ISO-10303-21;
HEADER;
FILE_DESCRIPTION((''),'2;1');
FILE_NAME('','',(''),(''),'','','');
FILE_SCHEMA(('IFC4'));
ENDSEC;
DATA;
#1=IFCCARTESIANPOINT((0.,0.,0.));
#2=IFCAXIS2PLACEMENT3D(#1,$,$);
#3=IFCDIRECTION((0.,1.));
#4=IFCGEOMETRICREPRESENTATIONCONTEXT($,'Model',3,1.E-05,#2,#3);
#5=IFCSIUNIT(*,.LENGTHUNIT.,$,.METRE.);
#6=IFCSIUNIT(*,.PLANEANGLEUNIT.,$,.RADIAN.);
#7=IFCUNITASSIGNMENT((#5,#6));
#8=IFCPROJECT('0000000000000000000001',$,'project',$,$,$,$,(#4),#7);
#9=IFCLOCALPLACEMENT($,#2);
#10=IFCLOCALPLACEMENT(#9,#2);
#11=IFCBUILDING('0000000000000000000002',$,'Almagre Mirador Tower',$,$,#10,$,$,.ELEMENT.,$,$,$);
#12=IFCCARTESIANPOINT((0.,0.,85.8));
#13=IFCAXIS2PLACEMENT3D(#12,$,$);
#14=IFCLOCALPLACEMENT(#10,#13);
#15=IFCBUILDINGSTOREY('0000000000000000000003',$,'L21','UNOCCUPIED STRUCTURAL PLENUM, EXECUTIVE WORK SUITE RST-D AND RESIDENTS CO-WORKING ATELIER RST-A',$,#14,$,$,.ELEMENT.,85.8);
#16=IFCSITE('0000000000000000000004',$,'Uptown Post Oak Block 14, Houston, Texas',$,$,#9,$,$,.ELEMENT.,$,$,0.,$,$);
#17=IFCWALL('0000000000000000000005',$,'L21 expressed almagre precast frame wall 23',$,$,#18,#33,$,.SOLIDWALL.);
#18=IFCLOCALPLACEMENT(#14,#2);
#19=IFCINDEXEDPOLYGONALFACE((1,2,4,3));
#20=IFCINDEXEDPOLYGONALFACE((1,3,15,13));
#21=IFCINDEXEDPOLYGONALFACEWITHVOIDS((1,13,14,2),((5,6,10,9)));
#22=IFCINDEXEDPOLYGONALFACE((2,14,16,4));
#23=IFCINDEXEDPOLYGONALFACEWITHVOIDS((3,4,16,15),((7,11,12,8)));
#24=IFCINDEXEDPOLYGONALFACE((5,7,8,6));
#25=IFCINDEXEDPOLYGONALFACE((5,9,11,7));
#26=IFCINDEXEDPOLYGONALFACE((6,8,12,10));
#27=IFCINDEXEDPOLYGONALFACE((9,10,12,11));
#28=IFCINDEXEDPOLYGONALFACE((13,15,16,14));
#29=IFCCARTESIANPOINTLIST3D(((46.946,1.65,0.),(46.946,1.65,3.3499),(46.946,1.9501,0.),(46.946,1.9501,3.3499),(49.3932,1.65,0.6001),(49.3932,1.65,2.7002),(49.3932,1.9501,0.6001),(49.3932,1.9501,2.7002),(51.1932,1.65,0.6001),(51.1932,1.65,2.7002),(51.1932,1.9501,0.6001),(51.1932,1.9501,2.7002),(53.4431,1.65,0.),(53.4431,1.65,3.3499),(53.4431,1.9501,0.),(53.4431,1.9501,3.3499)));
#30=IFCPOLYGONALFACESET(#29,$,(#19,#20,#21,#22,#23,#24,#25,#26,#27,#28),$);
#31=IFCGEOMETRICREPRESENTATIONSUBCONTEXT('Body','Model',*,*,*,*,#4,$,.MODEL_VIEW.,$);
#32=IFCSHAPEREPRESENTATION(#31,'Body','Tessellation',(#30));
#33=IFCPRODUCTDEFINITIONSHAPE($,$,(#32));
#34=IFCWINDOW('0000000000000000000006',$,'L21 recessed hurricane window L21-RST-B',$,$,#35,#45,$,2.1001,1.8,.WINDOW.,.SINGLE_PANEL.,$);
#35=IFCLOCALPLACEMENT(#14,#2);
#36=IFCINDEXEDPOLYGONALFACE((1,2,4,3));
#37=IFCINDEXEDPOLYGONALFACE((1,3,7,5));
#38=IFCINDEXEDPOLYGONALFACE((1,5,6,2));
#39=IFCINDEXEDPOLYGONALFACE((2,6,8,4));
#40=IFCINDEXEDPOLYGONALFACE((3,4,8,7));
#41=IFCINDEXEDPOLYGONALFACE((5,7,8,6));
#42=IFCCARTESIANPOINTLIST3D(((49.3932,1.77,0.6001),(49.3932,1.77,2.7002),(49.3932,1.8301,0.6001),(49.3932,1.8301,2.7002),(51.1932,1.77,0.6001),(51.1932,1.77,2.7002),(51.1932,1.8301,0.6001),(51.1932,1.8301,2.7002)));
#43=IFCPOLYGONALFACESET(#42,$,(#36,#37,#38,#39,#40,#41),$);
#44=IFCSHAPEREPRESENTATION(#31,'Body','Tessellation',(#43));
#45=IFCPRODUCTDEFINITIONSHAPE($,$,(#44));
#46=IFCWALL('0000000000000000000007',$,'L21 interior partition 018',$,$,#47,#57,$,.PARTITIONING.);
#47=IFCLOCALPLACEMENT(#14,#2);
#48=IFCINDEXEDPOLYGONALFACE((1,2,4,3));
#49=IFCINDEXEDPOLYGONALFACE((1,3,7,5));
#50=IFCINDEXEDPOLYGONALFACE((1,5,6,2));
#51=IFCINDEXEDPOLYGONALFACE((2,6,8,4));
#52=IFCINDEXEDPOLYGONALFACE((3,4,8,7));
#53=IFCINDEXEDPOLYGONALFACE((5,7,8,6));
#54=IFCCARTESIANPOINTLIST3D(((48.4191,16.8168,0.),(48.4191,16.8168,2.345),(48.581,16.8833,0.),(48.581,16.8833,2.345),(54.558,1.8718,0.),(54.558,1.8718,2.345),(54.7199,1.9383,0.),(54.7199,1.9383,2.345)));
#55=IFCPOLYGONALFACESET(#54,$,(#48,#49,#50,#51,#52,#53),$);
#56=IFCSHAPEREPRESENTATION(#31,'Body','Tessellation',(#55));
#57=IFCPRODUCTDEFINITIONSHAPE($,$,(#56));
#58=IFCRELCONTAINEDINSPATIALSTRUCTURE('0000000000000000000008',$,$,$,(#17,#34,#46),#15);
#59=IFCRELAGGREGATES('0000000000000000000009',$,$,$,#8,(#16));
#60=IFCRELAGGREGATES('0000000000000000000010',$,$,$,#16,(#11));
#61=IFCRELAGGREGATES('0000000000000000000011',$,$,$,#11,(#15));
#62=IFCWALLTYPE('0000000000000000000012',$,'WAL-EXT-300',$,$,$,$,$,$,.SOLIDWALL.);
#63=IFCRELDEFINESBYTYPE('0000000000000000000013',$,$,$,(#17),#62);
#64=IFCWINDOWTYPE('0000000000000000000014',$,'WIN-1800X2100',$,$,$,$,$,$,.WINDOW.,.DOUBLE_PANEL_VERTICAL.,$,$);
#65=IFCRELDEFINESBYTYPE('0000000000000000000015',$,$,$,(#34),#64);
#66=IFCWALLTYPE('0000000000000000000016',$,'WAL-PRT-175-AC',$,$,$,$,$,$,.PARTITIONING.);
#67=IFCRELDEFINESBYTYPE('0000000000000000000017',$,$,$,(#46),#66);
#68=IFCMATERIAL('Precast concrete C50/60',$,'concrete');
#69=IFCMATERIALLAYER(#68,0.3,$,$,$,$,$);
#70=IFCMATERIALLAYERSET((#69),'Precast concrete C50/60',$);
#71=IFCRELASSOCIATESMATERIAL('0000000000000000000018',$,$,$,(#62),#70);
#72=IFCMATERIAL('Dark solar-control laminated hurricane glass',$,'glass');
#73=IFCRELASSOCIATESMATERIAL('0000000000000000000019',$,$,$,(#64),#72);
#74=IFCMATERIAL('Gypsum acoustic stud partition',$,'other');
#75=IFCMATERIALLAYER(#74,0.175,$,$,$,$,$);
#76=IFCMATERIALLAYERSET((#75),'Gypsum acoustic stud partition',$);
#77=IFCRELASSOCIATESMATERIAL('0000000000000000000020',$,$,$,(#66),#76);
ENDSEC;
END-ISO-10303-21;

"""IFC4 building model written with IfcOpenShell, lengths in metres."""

from ifc_helpers import new_model, si_unit, direction, frame, frame_2d, origin, place, context, subcontext, project, spatial, rectangle, extrude, material, layer, layer_set, type_object, element, fill, save


model = new_model("IFC4")

# Units and contexts
model_context = context("Model", 3, precision=1e-05, world=origin(), true_north=direction((0.0, 1.0)))
body_context = subcontext(model_context, "Body", "Model", "MODEL_VIEW")
ifc_project = project(units=[si_unit("LENGTHUNIT", "METRE"), si_unit("PLANEANGLEUNIT", "RADIAN")], contexts=[model_context])

# Site, building, storey
site_placement = place(None, origin())
site = spatial("IfcSite", under=ifc_project, at=site_placement, Name="Uptown Post Oak Block 14, Houston, Texas", CompositionType="ELEMENT", RefElevation=0.0)
building_placement = place(site_placement, origin())
building = spatial("IfcBuilding", under=site, at=building_placement, Name="Almagre Mirador Tower", CompositionType="ELEMENT")
storey_placement = place(building_placement, frame((0.0, 0.0, 85.8)))
storey = spatial("IfcBuildingStorey", under=building, at=storey_placement, Name="L21", Description="UNOCCUPIED STRUCTURAL PLENUM, EXECUTIVE WORK SUITE RST-D AND RESIDENTS CO-WORKING ATELIER RST-A", CompositionType="ELEMENT", Elevation=85.8)

# Shared definitions
ifc_material_1 = material(Name="Precast concrete C50/60", Category="concrete")
ifc_layer_1 = layer(ifc_material_1, 0.3)
ifc_layer_set_1 = layer_set([ifc_layer_1], Name="Precast concrete C50/60")
wall_type_1 = type_object("IfcWallType", Name="WAL-EXT-300", PredefinedType="SOLIDWALL", material=ifc_layer_set_1)
ifc_material_2 = material(Name="Dark solar-control laminated hurricane glass", Category="glass")
window_type_1 = type_object("IfcWindowType", Name="WIN-1800X2100", PartitioningType="DOUBLE_PANEL_VERTICAL", PredefinedType="WINDOW", material=ifc_material_2)

# Wall, opening, window
wall_1_placement = place(storey_placement, frame((53.4431, 1.8, 0.0), z_axis=(0.0, 0.0, 1.0), x_axis=(-1.0, 0.0, 0.0)))
wall_1 = element("IfcWall", 1, at=wall_1_placement, inside=storey, type_object=wall_type_1, Name="L21 expressed almagre precast frame wall 23", PredefinedType="SOLIDWALL", context=body_context, shape_type="SweptSolid", body=[
    extrude(rectangle(XDim=6.4971, YDim=0.3, at=frame_2d((3.2485, 0.0))), origin(), (0.0, 0.0, 1.0), 3.3499),
])
opening_1_placement = place(wall_1_placement, frame((2.25, 0.0, 0.6001)))
opening_1 = element("IfcOpeningElement", 2, at=opening_1_placement, cuts=wall_1, PredefinedType="OPENING", context=body_context, shape_type="SweptSolid", body=[
    extrude(rectangle(XDim=1.8, YDim=2.1001, at=frame_2d((0.8999, 1.05))), frame((0.0, 0.1599, 0.0), z_axis=(0.0, -1.0, 0.0), x_axis=(1.0, 0.0, 0.0)), (0.0, 0.0, 1.0), 0.32),
])
window_1_placement = place(opening_1_placement, origin())
window_1 = element("IfcWindow", 3, at=window_1_placement, inside=storey, type_object=window_type_1, Name="L21 recessed hurricane window L21-RST-B", OverallHeight=2.1001, OverallWidth=1.8, PartitioningType="SINGLE_PANEL", PredefinedType="WINDOW", context=body_context, shape_type="SweptSolid", body=[
    extrude(rectangle(XDim=1.8, YDim=2.1001, at=frame_2d((0.8999, 1.05))), frame((0.0, 0.03, 0.0), z_axis=(0.0, -1.0, 0.0), x_axis=(1.0, 0.0, 0.0)), (0.0, 0.0, 1.0), 0.0601),
])
fill(opening_1, window_1)

# Wall
ifc_material_3 = material(Name="Gypsum acoustic stud partition", Category="other")
ifc_layer_2 = layer(ifc_material_3, 0.175)
ifc_layer_set_2 = layer_set([ifc_layer_2], Name="Gypsum acoustic stud partition")
wall_type_2 = type_object("IfcWallType", Name="WAL-PRT-175-AC", PredefinedType="PARTITIONING", material=ifc_layer_set_2)
wall_2_placement = place(storey_placement, frame((54.6389, 1.905, 0.0), z_axis=(0.0, 0.0, 1.0), x_axis=(-0.379959, 0.925003, 0.0)))
element("IfcWall", 4, at=wall_2_placement, inside=storey, type_object=wall_type_2, Name="L21 interior partition 018", PredefinedType="PARTITIONING", context=body_context, shape_type="SweptSolid", body=[
    extrude(rectangle(XDim=16.1567, YDim=0.175, at=frame_2d((8.0784, 0.0))), origin(), (0.0, 0.0, 1.0), 2.345),
])

save(model, "model.ifc")
